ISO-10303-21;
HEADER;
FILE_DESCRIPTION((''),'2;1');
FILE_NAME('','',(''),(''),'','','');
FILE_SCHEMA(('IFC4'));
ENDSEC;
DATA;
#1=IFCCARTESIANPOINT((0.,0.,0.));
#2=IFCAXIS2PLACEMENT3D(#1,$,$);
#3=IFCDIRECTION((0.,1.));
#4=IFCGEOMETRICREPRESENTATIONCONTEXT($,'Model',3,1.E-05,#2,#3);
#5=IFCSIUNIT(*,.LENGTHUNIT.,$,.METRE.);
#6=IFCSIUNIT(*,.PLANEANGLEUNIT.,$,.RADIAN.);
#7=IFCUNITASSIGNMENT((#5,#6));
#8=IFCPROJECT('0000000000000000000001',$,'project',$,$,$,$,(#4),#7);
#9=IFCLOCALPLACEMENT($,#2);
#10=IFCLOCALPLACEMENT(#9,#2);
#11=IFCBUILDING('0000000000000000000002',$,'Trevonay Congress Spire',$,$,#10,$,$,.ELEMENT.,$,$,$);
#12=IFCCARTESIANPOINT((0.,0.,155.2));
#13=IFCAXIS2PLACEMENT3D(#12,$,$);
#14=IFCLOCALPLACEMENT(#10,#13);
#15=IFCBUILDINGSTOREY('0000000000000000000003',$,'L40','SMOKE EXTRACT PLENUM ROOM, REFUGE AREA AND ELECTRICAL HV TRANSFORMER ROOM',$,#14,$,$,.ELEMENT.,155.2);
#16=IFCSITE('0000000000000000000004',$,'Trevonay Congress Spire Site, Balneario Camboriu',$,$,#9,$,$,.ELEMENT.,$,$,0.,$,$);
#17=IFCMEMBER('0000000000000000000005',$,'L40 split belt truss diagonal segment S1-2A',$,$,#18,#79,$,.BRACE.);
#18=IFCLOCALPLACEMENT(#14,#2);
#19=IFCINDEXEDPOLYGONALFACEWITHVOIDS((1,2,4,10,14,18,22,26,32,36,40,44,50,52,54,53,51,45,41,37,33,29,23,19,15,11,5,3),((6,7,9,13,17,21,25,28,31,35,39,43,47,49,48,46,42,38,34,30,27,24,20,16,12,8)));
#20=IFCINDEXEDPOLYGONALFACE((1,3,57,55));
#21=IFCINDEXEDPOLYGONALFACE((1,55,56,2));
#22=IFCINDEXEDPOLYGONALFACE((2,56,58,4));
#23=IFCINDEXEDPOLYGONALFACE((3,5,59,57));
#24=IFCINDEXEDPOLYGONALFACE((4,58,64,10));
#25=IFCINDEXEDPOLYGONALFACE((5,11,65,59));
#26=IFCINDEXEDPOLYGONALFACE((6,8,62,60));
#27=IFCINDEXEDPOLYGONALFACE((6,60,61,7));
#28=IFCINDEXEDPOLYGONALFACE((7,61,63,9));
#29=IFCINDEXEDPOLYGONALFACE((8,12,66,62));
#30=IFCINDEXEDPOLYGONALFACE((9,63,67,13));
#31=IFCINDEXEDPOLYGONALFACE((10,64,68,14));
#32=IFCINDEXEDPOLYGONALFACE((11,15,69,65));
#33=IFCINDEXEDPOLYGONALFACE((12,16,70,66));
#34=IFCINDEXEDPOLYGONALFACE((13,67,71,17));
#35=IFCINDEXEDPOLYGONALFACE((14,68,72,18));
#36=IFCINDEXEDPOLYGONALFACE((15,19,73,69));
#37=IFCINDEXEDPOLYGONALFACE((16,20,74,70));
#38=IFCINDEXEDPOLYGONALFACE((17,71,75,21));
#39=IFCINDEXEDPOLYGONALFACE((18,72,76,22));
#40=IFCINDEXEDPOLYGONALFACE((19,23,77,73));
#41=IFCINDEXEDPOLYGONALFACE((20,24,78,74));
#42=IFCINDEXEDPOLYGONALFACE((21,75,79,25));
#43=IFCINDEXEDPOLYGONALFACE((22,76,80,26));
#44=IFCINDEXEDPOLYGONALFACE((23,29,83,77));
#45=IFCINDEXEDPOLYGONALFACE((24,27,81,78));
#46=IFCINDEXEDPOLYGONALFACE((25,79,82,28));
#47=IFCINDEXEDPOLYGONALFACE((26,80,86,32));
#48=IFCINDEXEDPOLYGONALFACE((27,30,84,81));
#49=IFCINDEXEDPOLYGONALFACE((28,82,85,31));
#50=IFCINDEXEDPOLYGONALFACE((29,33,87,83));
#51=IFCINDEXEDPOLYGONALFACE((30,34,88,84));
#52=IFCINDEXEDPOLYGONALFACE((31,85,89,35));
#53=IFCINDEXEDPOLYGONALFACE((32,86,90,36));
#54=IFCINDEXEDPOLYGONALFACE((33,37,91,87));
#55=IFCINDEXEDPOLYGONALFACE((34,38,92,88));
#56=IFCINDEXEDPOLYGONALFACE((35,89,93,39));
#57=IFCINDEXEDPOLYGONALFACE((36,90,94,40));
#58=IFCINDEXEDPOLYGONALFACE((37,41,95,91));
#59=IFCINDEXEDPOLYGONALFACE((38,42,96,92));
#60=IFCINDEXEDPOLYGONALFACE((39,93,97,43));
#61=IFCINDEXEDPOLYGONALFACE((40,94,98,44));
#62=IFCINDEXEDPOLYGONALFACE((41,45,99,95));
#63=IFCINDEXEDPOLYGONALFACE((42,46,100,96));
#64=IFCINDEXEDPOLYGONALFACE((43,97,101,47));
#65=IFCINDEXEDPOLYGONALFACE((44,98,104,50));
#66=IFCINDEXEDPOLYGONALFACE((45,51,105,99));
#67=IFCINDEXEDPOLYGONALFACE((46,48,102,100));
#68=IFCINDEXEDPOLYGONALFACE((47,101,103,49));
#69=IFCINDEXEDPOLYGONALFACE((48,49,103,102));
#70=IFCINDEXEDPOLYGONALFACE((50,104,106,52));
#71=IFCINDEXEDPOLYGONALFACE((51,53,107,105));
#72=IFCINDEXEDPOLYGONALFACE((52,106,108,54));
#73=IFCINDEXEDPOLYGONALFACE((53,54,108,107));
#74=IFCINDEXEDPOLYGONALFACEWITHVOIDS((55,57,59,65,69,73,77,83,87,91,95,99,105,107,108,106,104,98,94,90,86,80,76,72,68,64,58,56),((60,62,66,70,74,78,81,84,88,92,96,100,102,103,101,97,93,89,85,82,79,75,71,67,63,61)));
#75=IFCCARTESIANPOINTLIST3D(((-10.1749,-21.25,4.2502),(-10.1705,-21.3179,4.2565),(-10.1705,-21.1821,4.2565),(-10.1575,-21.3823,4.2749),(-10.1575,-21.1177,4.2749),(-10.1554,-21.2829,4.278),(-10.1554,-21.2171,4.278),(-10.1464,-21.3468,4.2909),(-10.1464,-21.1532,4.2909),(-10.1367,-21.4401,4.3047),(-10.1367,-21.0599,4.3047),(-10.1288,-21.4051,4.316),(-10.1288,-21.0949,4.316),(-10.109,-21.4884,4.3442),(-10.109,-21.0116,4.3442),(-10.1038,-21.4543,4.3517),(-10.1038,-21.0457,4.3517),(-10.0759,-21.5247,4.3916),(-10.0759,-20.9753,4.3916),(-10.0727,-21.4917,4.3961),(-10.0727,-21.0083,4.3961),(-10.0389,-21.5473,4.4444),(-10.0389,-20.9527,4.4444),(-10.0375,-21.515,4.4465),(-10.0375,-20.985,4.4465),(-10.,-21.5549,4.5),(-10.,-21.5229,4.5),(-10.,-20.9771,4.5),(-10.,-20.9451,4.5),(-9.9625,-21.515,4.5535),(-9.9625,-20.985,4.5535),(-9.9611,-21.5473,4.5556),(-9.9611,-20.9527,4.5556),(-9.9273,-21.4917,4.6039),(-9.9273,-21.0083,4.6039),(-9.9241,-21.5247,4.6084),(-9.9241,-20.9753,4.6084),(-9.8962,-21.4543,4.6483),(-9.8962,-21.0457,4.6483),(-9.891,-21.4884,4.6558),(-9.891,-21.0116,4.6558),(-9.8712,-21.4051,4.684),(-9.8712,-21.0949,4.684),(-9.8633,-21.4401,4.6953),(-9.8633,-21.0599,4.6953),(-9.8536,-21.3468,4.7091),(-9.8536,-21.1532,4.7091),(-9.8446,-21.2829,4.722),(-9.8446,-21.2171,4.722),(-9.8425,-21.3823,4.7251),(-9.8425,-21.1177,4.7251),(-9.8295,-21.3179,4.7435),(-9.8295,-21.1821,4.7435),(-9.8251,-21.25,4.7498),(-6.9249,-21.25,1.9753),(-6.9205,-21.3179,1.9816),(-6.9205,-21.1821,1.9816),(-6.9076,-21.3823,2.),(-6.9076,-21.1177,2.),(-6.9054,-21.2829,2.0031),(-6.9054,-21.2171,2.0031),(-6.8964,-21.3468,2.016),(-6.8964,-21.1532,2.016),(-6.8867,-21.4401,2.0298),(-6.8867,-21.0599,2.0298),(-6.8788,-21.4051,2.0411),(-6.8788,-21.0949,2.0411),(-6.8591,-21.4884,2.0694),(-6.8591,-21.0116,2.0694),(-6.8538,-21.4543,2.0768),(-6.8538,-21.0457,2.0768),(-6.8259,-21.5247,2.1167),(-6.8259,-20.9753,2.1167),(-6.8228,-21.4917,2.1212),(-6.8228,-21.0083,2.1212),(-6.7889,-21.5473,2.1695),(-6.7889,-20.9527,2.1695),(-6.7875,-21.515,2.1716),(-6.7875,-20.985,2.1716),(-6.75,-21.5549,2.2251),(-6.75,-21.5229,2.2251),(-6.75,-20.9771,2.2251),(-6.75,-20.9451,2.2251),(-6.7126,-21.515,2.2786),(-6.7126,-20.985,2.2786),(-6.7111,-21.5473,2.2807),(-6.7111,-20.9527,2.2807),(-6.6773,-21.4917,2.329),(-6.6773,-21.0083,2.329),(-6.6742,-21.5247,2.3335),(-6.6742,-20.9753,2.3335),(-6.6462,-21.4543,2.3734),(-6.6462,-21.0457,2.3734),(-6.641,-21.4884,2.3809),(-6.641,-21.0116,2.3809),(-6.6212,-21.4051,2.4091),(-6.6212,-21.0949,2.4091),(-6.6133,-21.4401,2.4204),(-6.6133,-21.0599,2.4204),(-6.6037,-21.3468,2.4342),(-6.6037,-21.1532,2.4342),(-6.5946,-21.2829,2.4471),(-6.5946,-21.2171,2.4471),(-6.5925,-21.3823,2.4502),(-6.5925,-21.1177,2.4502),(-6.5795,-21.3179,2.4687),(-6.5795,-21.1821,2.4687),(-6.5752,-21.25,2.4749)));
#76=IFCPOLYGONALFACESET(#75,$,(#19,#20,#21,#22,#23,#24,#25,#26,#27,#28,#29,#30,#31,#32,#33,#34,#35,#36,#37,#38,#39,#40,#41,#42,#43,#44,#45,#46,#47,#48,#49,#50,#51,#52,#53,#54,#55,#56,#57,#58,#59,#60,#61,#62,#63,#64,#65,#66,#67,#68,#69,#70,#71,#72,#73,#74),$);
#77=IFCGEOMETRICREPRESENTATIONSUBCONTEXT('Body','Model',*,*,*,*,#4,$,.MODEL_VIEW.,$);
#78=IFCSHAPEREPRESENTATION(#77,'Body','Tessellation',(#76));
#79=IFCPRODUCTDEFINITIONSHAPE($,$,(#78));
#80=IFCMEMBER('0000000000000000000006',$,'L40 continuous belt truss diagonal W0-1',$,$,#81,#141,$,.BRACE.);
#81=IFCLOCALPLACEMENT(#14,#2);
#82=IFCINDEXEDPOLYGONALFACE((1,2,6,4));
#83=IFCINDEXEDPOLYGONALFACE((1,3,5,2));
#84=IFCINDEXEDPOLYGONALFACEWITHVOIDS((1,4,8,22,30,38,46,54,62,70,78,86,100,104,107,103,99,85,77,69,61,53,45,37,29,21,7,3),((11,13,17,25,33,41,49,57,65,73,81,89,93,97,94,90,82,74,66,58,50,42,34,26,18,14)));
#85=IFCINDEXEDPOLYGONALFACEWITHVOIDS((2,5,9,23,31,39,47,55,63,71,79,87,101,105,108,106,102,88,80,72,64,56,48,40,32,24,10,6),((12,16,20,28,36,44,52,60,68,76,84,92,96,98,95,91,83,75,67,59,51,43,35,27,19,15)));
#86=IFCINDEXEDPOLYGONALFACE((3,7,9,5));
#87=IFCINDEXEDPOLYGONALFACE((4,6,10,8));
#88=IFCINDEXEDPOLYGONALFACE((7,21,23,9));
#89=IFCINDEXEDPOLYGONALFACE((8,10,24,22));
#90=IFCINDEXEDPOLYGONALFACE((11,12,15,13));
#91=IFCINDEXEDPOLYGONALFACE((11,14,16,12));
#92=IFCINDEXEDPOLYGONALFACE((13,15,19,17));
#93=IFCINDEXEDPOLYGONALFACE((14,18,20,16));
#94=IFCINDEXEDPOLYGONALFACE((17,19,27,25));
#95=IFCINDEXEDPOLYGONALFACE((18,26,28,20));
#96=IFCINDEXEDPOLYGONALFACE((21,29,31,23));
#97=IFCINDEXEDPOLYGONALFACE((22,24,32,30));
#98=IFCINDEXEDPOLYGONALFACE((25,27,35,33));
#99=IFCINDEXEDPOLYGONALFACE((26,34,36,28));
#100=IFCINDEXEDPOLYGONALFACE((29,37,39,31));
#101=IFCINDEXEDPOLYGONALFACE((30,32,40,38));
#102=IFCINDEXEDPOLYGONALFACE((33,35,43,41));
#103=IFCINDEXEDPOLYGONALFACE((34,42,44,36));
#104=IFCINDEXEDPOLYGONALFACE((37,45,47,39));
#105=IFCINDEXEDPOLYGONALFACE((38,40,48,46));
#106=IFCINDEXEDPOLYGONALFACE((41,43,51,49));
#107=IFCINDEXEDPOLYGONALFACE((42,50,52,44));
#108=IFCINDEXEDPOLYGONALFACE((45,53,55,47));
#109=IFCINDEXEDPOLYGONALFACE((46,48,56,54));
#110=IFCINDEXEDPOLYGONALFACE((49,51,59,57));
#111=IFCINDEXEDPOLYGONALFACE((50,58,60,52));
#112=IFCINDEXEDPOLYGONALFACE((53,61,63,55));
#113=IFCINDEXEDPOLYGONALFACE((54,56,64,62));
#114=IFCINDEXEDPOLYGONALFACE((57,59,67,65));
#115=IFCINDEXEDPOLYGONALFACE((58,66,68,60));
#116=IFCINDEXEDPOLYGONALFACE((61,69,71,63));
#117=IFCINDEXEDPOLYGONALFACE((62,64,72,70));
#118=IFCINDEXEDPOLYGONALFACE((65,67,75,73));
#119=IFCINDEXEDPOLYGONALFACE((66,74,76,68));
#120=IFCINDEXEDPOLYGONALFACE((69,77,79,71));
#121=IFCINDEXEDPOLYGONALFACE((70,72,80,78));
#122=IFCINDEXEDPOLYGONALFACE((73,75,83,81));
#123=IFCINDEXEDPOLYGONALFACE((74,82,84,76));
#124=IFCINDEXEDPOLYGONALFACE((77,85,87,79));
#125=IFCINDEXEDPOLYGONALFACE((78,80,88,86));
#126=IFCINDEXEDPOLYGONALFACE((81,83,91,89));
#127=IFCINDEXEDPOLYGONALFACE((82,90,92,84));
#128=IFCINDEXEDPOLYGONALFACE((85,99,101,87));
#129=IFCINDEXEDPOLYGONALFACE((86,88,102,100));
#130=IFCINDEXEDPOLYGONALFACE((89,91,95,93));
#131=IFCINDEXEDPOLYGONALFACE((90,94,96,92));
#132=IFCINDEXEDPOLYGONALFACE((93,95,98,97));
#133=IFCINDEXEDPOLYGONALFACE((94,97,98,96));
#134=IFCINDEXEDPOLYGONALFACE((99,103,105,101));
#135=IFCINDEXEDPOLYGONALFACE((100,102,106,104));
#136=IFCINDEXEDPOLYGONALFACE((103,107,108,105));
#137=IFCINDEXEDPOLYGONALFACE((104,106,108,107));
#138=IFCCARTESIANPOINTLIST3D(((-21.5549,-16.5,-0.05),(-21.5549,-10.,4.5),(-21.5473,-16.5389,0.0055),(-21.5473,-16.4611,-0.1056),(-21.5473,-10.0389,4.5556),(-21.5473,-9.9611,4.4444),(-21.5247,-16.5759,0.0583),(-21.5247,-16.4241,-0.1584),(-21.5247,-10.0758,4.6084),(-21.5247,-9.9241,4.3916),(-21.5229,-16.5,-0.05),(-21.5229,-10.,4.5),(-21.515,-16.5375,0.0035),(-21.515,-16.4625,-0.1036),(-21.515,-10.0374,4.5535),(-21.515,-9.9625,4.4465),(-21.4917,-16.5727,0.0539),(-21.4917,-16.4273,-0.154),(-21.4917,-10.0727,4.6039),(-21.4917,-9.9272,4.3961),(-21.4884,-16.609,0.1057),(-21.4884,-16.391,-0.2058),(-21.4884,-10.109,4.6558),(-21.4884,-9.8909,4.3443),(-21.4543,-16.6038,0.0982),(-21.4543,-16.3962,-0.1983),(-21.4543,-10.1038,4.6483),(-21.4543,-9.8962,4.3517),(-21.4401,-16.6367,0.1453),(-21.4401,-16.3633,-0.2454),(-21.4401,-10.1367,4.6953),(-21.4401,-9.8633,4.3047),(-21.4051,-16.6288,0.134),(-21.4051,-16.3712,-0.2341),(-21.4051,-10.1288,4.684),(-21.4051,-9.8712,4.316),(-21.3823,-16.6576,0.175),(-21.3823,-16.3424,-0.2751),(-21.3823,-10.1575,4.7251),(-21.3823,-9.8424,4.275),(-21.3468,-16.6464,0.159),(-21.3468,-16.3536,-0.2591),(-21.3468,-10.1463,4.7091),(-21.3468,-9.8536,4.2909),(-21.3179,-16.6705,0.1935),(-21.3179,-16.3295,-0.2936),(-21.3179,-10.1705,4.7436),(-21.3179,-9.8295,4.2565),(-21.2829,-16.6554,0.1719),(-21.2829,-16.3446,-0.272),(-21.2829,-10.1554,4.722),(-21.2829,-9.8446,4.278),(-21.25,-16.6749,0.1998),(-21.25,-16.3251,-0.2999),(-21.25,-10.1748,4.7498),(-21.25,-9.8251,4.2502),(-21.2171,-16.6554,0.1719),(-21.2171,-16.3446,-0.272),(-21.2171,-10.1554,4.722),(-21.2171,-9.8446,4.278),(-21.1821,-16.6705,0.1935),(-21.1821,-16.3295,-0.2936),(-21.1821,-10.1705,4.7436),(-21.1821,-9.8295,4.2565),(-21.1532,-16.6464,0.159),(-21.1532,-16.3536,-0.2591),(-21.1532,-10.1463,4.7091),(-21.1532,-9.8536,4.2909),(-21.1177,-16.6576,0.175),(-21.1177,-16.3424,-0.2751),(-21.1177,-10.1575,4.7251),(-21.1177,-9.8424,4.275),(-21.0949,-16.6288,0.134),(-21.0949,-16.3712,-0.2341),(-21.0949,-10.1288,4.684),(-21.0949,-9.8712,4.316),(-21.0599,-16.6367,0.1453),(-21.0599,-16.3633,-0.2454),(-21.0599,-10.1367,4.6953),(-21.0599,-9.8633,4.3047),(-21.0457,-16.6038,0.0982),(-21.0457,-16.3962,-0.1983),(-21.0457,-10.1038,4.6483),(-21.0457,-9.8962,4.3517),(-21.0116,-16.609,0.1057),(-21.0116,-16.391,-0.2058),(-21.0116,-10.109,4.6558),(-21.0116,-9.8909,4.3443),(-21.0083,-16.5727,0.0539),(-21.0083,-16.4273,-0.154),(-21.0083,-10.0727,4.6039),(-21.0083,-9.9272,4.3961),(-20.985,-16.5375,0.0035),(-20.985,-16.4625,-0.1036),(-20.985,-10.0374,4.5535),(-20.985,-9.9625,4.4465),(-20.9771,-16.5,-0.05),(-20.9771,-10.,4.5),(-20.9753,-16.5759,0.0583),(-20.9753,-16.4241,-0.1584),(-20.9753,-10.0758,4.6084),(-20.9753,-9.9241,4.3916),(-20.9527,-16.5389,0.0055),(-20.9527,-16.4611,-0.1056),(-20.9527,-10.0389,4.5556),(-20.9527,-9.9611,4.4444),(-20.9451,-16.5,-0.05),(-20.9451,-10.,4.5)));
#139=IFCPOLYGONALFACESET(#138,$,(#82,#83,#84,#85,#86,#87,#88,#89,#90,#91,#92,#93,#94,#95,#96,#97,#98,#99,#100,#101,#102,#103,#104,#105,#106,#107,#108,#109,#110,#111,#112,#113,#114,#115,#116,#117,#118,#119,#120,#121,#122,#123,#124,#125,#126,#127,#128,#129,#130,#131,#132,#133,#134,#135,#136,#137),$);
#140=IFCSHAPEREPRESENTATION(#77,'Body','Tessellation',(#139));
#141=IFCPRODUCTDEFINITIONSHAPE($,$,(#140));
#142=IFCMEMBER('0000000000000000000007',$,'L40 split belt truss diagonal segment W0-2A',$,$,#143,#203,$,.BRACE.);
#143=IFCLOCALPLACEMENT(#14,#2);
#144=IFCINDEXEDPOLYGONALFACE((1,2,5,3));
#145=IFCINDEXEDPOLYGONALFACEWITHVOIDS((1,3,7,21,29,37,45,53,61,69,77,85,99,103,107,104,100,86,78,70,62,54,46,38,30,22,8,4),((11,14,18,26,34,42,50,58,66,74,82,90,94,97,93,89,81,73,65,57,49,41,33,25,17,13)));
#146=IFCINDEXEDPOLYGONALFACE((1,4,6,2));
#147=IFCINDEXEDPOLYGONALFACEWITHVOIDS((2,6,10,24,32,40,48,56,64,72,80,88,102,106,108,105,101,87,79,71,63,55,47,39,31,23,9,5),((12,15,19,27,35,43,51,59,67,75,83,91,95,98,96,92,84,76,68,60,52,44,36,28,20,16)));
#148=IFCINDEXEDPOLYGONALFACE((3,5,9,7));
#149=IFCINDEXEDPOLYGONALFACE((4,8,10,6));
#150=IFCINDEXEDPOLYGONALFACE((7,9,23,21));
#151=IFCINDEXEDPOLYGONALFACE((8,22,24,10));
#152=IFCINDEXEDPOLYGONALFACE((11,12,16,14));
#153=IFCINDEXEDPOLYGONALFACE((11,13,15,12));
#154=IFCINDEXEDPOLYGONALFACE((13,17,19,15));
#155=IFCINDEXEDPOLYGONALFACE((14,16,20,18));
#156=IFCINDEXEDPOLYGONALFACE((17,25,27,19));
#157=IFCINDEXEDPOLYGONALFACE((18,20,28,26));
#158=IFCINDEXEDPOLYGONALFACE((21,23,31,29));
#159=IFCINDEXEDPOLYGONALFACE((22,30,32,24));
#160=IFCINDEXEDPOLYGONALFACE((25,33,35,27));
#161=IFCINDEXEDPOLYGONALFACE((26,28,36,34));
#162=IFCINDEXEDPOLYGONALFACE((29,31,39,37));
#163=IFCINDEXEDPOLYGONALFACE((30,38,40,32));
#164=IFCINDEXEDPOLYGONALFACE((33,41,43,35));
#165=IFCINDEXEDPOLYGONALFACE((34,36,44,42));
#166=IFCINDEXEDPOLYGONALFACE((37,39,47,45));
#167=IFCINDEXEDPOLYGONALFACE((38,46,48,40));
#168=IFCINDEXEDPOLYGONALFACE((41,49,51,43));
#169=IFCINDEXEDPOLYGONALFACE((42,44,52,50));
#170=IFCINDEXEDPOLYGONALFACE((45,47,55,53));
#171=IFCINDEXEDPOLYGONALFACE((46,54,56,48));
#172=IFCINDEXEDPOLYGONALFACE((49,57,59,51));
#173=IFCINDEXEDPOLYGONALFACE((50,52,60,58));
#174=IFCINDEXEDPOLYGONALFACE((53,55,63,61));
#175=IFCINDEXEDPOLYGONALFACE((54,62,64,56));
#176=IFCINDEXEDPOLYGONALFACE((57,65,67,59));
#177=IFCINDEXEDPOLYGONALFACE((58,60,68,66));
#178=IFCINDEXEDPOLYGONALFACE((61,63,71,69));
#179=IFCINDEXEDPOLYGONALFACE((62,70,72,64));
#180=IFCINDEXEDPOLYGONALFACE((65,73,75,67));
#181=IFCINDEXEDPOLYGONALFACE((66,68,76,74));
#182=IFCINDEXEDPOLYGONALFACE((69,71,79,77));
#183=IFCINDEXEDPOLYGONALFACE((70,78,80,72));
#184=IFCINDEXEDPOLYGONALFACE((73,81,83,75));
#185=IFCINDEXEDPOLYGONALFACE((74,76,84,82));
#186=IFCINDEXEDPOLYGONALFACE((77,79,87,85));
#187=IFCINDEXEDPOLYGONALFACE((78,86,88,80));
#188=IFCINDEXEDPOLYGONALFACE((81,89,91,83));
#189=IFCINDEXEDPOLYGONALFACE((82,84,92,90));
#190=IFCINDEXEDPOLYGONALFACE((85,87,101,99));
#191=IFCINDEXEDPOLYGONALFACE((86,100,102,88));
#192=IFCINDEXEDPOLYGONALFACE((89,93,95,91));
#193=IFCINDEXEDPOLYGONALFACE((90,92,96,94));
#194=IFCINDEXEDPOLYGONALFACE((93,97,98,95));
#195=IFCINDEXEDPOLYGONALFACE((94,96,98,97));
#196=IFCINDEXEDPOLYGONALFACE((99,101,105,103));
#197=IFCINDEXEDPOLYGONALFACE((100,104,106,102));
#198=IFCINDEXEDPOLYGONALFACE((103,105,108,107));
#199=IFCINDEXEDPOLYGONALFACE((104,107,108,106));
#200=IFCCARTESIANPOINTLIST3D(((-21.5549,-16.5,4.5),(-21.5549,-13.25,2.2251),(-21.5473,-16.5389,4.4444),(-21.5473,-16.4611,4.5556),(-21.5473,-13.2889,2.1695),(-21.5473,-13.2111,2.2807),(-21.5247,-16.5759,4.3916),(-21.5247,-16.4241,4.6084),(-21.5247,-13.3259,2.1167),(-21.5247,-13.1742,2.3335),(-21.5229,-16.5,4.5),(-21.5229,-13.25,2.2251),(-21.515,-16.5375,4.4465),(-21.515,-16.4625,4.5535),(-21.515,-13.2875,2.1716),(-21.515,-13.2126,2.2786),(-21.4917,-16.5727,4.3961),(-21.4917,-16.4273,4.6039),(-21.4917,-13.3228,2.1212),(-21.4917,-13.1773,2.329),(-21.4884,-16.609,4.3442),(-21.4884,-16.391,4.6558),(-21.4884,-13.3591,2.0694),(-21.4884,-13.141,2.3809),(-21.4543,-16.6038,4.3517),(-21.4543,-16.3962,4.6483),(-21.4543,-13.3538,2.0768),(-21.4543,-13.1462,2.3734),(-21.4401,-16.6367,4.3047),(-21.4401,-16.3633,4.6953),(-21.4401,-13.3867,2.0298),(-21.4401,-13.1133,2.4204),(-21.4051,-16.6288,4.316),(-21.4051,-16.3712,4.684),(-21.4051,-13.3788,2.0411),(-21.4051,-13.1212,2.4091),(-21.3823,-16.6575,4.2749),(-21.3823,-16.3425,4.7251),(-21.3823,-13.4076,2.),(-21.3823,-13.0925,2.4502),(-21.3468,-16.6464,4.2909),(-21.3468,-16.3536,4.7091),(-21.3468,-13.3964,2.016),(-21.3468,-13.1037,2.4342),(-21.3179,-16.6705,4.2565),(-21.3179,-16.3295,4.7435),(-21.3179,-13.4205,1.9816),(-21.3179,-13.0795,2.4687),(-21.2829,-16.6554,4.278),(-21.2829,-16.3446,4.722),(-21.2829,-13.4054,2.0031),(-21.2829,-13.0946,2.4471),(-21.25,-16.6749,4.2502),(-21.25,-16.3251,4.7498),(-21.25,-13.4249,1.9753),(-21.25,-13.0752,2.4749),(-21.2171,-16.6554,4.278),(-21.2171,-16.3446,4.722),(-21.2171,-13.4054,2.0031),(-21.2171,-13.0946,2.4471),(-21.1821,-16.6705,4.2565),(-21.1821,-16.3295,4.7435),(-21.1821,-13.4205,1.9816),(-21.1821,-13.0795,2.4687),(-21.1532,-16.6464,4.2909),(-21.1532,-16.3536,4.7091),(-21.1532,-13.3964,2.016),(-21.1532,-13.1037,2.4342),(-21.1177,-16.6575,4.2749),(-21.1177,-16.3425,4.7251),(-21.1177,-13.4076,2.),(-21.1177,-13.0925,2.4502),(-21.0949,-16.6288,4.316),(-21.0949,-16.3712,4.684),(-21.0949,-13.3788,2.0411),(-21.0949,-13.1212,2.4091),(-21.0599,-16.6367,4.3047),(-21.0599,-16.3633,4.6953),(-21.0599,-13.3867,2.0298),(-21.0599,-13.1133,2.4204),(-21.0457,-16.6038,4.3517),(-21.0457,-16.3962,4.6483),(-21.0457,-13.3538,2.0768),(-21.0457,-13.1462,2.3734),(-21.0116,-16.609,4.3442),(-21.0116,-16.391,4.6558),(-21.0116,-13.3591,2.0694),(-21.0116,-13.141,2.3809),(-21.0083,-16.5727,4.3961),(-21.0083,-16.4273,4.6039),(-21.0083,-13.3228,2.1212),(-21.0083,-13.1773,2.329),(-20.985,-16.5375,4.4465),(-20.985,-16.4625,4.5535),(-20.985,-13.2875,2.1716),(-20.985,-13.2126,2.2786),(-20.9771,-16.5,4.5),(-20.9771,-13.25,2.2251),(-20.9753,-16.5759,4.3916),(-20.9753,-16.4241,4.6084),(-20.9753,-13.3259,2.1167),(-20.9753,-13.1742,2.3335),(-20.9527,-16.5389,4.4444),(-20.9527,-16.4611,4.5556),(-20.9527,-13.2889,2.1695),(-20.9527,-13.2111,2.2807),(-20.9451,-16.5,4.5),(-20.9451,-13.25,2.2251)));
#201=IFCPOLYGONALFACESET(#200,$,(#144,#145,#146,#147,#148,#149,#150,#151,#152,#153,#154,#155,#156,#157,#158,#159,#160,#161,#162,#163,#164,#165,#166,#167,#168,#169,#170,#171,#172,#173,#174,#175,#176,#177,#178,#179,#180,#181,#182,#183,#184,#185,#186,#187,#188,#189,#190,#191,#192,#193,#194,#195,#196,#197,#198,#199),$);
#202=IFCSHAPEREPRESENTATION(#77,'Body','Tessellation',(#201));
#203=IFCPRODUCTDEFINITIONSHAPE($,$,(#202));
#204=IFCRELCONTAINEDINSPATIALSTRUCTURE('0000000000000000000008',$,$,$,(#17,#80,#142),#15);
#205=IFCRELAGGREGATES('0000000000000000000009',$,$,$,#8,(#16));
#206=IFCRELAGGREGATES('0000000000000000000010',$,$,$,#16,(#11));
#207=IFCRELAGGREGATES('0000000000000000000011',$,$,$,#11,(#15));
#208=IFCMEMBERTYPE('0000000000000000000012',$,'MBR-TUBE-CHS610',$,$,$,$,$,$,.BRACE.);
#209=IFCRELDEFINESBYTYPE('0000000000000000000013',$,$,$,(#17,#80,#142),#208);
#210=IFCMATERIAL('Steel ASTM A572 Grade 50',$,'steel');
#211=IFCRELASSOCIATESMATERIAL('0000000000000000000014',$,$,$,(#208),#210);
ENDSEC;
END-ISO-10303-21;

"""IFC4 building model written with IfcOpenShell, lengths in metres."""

from ifc_helpers import new_model, si_unit, direction, frame, origin, origin_2d, place, context, subcontext, project, spatial, hollow_circle, extrude, material, material_profile, profile_set, type_object, element, save


model = new_model("IFC4")

# Units and contexts
model_context = context("Model", 3, precision=1e-05, world=origin(), true_north=direction((0.0, 1.0)))
body_context = subcontext(model_context, "Body", "Model", "MODEL_VIEW")
ifc_project = project(units=[si_unit("LENGTHUNIT", "METRE"), si_unit("PLANEANGLEUNIT", "RADIAN")], contexts=[model_context])

# Site, building, storey
site_placement = place(None, origin())
site = spatial("IfcSite", under=ifc_project, at=site_placement, Name="Trevonay Congress Spire Site, Balneario Camboriu", CompositionType="ELEMENT", RefElevation=0.0)
building_placement = place(site_placement, origin())
building = spatial("IfcBuilding", under=site, at=building_placement, Name="Trevonay Congress Spire", CompositionType="ELEMENT")
storey_placement = place(building_placement, frame((0.0, 0.0, 155.2)))
storey = spatial("IfcBuildingStorey", under=building, at=storey_placement, Name="L40", Description="SMOKE EXTRACT PLENUM ROOM, REFUGE AREA AND ELECTRICAL HV TRANSFORMER ROOM", CompositionType="ELEMENT", Elevation=155.2)

# Shared definitions
ifc_material_1 = material(Name="Steel ASTM A572 Grade 50", Category="steel")

# Members
ifc_material_profile_1 = material_profile(ifc_material_1, hollow_circle(Radius=0.3049, WallThickness=0.032, at=origin_2d()), Name="CHS 610x32")
ifc_profile_set_1 = profile_set([ifc_material_profile_1], Name="Steel ASTM A572 Grade 50")
member_type = type_object("IfcMemberType", Name="MBR-TUBE-CHS610", PredefinedType="BRACE", material=ifc_profile_set_1)
member_1_placement = place(storey_placement, frame((-10.0, -21.25, 4.5), z_axis=(0.819243, 0.0, -0.573446), x_axis=(0.0, 1.0, 0.0)))
element("IfcMember", 1, at=member_1_placement, inside=storey, type_object=member_type, Name="L40 split belt truss diagonal segment S1-2A", PredefinedType="BRACE", context=body_context, shape_type="SweptSolid", body=[
    extrude(hollow_circle(Radius=0.3049, WallThickness=0.032, at=origin_2d()), origin(), (0.0, 0.0, 1.0), 3.967),
])
member_2_placement = place(storey_placement, frame((-21.25, -16.5, -0.05), z_axis=(0.0, 0.819229, 0.573466), x_axis=(-1.0, 0.0, 0.0)))
element("IfcMember", 2, at=member_2_placement, inside=storey, type_object=member_type, Name="L40 continuous belt truss diagonal W0-1", PredefinedType="BRACE", context=body_context, shape_type="SweptSolid", body=[
    extrude(hollow_circle(Radius=0.3049, WallThickness=0.032, at=origin_2d()), origin(), (0.0, 0.0, 1.0), 7.9343),
])
member_3_placement = place(storey_placement, frame((-21.25, -16.5, 4.5), z_axis=(0.0, 0.819243, -0.573446), x_axis=(-1.0, 0.0, 0.0)))
element("IfcMember", 3, at=member_3_placement, inside=storey, type_object=member_type, Name="L40 split belt truss diagonal segment W0-2A", PredefinedType="BRACE", context=body_context, shape_type="SweptSolid", body=[
    extrude(hollow_circle(Radius=0.3049, WallThickness=0.032, at=origin_2d()), origin(), (0.0, 0.0, 1.0), 3.967),
])

save(model, "model.ifc")
